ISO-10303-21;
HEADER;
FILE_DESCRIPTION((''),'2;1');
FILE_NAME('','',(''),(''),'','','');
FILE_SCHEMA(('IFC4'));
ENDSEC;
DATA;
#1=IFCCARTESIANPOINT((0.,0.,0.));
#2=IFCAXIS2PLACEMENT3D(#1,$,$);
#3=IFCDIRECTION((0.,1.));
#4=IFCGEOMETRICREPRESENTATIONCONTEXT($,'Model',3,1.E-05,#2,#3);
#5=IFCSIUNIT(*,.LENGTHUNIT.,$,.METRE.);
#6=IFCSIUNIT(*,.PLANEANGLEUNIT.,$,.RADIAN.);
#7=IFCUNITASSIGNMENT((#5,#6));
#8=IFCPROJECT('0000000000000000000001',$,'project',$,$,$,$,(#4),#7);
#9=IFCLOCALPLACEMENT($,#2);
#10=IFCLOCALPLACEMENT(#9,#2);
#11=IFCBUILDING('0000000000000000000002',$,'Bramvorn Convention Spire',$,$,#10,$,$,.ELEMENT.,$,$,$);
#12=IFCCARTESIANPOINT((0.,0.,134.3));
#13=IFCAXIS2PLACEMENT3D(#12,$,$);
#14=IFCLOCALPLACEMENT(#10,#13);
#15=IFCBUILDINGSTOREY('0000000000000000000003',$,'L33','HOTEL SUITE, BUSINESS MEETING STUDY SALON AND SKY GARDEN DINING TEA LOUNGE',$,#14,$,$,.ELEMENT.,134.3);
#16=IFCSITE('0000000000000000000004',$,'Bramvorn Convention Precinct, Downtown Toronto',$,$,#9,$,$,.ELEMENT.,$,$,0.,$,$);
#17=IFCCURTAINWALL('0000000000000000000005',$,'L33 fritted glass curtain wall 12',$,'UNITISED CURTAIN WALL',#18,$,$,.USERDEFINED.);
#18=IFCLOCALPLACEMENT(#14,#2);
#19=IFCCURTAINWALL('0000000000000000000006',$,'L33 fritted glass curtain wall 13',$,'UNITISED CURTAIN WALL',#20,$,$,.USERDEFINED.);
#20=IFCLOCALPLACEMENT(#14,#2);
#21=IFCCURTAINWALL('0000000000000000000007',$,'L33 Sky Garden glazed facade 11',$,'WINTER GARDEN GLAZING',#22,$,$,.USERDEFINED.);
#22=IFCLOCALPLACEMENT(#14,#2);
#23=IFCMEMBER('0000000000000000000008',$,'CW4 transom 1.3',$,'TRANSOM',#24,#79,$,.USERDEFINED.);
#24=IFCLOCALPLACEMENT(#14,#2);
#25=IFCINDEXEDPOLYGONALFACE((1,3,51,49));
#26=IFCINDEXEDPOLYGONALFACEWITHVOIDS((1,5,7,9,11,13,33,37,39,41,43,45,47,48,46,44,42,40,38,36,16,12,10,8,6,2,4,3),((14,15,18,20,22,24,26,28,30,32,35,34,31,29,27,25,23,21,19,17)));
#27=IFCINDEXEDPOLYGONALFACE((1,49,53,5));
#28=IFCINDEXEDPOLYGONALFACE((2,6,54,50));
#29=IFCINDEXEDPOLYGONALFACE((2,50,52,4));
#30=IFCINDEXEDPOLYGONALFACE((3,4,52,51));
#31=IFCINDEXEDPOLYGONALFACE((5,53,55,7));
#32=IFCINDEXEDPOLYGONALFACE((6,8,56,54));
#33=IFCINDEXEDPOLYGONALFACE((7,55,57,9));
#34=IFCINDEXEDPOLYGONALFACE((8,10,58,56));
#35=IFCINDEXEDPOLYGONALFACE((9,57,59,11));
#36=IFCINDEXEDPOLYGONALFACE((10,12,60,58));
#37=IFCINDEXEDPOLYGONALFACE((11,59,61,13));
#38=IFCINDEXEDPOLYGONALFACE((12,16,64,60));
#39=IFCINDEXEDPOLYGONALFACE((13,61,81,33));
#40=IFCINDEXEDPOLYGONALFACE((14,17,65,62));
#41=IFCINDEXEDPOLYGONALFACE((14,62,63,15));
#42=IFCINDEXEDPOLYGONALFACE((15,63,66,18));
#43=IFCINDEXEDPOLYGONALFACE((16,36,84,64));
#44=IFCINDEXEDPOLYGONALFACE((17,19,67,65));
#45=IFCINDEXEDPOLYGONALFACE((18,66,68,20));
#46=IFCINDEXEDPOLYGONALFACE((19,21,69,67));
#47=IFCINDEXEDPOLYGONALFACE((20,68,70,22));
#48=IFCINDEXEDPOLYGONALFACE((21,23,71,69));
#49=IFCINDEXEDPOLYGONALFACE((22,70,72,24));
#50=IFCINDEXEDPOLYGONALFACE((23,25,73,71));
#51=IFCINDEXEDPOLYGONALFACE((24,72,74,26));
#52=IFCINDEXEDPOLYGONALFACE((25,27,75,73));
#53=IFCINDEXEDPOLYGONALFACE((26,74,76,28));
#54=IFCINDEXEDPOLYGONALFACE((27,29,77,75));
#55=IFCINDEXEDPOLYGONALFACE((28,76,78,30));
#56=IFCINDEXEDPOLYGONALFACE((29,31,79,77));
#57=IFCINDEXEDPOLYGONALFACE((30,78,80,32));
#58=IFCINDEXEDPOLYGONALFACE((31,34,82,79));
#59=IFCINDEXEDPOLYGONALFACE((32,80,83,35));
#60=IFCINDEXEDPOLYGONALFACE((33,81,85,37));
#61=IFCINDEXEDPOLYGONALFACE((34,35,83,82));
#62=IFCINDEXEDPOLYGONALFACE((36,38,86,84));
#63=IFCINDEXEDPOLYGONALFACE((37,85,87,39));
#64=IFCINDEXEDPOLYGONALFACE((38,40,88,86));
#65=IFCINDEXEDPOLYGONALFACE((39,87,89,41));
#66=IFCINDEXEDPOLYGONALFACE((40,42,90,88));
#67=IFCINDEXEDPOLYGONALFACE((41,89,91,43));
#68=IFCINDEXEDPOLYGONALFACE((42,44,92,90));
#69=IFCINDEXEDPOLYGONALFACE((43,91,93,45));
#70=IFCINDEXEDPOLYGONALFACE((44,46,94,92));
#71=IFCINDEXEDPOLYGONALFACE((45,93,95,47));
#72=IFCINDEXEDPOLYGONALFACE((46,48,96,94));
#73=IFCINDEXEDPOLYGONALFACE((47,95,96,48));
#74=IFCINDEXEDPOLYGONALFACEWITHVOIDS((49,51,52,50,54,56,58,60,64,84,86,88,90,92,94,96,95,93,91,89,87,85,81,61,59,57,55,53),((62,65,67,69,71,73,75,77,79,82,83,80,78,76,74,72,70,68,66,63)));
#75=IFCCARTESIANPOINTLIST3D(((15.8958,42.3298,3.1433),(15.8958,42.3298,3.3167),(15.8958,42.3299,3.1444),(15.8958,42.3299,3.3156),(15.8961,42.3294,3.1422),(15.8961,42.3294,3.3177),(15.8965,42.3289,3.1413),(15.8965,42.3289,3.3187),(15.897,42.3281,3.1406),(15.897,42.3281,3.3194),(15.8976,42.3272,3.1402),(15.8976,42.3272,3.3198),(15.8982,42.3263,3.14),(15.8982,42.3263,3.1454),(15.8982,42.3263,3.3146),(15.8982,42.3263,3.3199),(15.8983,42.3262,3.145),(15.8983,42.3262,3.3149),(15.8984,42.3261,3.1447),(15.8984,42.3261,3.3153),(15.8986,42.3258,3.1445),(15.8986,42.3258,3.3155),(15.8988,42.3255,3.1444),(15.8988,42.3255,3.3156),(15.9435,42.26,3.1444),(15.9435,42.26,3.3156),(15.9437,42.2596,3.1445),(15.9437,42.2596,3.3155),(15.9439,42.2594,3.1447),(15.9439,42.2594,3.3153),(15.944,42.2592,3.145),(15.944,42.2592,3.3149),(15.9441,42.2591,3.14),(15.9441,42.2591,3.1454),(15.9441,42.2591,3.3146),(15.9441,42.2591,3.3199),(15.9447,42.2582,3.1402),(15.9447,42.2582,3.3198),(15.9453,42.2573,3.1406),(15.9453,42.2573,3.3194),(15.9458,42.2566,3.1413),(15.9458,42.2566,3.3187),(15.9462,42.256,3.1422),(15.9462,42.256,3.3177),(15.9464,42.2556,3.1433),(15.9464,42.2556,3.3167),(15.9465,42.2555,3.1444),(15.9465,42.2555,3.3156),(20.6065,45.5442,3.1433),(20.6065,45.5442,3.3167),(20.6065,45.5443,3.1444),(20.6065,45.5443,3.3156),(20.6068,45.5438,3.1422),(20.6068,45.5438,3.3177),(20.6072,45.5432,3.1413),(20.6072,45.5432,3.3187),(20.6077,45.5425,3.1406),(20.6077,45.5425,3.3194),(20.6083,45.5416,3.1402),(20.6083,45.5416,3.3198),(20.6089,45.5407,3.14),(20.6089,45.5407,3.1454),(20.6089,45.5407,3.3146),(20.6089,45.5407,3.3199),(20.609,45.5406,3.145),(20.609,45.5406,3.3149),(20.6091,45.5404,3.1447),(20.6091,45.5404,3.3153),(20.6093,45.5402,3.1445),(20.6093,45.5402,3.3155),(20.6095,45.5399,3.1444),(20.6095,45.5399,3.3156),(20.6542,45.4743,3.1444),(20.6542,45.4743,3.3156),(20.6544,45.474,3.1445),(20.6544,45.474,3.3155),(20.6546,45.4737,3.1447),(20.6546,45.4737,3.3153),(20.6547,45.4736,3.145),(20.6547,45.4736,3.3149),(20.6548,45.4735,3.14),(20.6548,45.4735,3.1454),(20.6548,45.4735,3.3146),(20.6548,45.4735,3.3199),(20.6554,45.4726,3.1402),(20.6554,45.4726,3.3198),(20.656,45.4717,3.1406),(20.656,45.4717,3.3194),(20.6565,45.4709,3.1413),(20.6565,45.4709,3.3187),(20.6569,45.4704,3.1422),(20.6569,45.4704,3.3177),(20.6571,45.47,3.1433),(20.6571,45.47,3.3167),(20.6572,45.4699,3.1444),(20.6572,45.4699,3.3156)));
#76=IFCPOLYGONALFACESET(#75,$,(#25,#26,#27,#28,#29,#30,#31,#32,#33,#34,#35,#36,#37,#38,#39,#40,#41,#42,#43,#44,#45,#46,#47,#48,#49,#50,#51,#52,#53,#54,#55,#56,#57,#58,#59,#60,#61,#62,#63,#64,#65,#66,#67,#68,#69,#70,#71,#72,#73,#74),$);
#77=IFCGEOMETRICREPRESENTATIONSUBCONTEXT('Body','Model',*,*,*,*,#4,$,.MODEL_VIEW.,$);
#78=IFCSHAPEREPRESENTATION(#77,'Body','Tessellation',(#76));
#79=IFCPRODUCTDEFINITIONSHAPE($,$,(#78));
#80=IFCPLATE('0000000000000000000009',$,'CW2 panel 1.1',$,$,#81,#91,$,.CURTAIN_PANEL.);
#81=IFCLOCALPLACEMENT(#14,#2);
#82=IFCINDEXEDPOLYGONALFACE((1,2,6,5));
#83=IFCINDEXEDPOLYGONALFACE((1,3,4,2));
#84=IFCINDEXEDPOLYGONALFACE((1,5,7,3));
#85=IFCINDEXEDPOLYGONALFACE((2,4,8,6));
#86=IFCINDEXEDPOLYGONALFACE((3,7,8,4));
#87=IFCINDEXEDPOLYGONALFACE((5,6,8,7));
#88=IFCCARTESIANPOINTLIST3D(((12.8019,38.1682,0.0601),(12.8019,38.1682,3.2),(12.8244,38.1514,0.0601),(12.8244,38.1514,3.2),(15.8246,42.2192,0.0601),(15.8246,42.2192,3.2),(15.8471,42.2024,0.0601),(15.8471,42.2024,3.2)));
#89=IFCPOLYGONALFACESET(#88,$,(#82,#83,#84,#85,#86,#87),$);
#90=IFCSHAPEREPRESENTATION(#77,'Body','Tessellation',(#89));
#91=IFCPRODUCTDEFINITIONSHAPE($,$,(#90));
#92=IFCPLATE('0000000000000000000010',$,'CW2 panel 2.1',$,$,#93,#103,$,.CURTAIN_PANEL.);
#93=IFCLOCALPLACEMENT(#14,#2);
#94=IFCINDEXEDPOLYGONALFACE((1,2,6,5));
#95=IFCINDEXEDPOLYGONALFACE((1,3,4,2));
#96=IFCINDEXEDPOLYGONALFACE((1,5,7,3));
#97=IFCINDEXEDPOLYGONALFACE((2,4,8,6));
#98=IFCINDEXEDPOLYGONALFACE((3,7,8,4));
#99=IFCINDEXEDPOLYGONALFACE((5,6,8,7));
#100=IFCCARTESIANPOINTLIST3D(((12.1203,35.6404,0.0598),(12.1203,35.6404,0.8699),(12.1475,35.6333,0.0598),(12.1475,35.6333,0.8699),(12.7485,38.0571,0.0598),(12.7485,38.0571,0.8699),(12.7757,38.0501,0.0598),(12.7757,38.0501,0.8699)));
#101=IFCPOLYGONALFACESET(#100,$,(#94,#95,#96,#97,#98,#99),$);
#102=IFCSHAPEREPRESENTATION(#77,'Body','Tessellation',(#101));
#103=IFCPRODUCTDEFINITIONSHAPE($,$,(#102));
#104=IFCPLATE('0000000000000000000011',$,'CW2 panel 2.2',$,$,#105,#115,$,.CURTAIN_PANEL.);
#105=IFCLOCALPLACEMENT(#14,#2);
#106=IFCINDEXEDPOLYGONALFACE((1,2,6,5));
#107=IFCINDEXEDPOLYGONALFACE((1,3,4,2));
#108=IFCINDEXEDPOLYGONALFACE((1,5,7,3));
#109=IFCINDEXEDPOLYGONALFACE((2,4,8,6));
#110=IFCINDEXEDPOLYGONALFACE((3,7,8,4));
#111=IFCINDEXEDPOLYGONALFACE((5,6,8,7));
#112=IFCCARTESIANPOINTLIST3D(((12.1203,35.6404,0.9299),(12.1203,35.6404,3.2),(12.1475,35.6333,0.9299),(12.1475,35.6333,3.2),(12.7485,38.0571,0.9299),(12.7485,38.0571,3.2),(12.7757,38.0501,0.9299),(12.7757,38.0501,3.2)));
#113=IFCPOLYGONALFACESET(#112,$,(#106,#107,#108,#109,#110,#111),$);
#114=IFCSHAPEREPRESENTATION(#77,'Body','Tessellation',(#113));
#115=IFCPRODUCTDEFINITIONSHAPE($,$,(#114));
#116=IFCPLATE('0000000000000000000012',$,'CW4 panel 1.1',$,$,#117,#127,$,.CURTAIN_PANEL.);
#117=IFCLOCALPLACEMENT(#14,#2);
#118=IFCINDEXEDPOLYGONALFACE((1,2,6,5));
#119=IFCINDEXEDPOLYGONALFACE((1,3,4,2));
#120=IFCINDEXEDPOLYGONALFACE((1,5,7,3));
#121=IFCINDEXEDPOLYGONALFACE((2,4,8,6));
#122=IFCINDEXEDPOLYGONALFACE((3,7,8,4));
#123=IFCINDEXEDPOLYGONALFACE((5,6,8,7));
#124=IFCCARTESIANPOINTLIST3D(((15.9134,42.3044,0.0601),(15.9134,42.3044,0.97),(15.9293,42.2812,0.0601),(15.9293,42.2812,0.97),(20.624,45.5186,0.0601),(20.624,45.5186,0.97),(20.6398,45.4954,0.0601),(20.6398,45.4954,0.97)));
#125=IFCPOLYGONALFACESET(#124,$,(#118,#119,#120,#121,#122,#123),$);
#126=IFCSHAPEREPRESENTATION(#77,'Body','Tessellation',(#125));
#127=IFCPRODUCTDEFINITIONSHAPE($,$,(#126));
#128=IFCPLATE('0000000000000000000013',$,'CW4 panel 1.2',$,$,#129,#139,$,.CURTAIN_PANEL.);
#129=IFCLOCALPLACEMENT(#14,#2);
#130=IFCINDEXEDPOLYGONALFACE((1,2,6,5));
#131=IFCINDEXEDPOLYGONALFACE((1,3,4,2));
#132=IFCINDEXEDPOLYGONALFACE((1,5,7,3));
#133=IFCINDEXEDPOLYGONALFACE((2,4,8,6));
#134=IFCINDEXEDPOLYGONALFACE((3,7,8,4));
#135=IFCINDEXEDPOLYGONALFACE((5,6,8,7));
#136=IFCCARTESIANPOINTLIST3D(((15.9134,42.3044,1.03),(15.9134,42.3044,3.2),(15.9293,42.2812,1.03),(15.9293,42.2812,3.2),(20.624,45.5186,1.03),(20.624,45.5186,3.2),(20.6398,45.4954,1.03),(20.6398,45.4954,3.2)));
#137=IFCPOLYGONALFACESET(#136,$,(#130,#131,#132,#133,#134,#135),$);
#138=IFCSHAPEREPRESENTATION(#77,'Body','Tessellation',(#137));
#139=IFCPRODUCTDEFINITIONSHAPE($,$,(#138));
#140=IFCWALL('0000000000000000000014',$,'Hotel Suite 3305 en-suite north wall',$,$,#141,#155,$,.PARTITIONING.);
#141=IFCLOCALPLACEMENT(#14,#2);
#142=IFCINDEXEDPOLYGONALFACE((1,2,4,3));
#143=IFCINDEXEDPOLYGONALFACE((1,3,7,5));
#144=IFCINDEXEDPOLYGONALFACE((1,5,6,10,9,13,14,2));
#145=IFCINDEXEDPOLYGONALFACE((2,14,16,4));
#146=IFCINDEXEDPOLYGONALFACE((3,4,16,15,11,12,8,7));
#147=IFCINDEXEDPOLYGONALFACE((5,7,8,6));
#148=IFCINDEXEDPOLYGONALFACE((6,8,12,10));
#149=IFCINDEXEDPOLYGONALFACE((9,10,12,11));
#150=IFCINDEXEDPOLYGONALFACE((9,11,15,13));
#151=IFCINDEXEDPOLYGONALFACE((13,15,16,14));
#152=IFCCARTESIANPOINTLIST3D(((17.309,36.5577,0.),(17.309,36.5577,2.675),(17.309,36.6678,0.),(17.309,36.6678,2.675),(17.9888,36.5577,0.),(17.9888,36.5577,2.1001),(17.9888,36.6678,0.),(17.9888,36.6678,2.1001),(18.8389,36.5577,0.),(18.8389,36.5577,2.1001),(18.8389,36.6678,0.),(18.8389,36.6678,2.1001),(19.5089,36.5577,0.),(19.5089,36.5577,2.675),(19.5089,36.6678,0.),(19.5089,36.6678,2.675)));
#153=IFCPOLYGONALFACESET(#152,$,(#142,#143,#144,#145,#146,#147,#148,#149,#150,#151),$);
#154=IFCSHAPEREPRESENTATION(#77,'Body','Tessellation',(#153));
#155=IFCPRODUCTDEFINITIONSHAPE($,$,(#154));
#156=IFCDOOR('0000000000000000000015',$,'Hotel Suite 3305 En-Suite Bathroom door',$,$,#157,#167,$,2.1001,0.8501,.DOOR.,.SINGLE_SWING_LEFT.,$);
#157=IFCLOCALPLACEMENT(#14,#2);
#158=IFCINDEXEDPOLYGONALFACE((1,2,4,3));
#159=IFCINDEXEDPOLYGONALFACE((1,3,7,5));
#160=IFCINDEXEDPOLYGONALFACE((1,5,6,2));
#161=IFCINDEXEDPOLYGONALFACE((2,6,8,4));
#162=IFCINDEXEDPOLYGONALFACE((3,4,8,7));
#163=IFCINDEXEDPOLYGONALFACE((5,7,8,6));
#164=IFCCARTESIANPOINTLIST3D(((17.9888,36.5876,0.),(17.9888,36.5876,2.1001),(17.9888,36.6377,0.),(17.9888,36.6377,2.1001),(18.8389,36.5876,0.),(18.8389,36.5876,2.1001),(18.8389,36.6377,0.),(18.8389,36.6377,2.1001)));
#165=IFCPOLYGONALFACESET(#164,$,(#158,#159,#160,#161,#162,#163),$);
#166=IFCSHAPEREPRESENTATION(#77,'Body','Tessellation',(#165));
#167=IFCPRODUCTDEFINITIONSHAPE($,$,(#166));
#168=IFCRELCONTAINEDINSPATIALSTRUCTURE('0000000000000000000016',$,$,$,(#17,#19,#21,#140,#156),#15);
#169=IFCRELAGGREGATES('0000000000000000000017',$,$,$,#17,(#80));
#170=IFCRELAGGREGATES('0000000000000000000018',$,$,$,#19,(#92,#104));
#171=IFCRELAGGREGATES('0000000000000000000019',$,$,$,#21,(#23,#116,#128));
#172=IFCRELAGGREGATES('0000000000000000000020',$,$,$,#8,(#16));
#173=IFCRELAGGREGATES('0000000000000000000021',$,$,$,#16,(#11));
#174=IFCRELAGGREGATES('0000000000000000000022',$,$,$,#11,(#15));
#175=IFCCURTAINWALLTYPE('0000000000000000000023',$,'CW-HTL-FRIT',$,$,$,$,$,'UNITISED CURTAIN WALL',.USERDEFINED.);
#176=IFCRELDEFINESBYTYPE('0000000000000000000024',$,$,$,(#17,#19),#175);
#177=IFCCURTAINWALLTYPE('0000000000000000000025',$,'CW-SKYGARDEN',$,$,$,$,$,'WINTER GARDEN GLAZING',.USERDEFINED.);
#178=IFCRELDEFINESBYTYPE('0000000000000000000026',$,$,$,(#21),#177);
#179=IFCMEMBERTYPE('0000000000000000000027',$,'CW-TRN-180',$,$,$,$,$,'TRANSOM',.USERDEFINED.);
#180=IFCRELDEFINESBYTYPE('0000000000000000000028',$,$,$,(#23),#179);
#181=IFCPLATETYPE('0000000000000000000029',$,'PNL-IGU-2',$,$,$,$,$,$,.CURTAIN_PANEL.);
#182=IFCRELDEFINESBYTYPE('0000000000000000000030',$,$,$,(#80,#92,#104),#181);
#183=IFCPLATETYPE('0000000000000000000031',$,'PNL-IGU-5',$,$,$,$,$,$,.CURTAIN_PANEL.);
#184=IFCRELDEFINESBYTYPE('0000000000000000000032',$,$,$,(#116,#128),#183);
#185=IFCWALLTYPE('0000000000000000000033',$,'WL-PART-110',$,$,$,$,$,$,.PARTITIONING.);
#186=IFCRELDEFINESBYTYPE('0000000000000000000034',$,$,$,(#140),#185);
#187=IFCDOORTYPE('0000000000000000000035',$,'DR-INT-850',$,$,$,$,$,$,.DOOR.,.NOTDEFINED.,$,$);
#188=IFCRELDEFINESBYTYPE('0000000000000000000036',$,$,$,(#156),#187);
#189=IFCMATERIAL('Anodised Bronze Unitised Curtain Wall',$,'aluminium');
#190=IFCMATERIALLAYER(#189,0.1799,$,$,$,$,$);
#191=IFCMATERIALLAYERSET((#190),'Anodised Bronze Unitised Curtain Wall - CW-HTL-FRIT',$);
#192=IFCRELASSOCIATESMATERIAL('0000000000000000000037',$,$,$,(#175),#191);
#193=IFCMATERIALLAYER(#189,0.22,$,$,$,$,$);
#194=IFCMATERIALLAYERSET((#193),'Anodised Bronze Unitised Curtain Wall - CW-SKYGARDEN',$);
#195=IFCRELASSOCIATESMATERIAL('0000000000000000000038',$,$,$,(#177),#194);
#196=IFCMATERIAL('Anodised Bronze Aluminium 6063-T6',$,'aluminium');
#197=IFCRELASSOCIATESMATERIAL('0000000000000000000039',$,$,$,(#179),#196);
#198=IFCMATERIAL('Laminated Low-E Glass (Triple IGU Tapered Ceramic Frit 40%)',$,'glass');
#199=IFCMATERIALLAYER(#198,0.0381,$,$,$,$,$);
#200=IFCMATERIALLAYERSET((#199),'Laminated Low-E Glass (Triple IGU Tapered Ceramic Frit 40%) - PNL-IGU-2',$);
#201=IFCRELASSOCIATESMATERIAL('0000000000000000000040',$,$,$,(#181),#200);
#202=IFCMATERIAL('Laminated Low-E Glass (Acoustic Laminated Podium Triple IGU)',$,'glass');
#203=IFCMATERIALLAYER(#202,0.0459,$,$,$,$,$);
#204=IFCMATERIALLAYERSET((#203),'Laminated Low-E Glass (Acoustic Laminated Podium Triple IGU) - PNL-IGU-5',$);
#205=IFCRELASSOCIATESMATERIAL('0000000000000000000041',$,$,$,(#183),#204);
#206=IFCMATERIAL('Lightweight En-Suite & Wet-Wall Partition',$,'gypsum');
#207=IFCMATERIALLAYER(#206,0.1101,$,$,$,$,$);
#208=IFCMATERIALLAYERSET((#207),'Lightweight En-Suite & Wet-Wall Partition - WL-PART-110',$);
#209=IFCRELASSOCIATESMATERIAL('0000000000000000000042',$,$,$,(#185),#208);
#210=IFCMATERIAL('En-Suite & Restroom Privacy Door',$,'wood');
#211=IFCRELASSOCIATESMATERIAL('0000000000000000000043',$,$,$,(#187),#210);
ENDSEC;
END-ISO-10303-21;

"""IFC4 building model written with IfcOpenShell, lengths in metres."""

from ifc_helpers import new_model, si_unit, direction, frame, frame_2d, origin, origin_2d, place, context, subcontext, project, spatial, rectangle, hollow_rectangle, extrude, material, layer, layer_set, material_profile, profile_set, type_object, element, fill, aggregate, save


model = new_model("IFC4")

# Units and contexts
model_context = context("Model", 3, precision=1e-05, world=origin(), true_north=direction((0.0, 1.0)))
body_context = subcontext(model_context, "Body", "Model", "MODEL_VIEW")
ifc_project = project(units=[si_unit("LENGTHUNIT", "METRE"), si_unit("PLANEANGLEUNIT", "RADIAN")], contexts=[model_context])

# Site, building, storey
site_placement = place(None, origin())
site = spatial("IfcSite", under=ifc_project, at=site_placement, Name="Bramvorn Convention Precinct, Downtown Toronto", CompositionType="ELEMENT", RefElevation=0.0)
building_placement = place(site_placement, origin())
building = spatial("IfcBuilding", under=site, at=building_placement, Name="Bramvorn Convention Spire", CompositionType="ELEMENT")
storey_placement = place(building_placement, frame((0.0, 0.0, 134.3)))
storey = spatial("IfcBuildingStorey", under=building, at=storey_placement, Name="L33", Description="HOTEL SUITE, BUSINESS MEETING STUDY SALON AND SKY GARDEN DINING TEA LOUNGE", CompositionType="ELEMENT", Elevation=134.3)

# Curtain wall
ifc_material_1 = material(Name="Anodised Bronze Unitised Curtain Wall", Category="aluminium")
ifc_layer_1 = layer(ifc_material_1, 0.1799)
ifc_layer_set_1 = layer_set([ifc_layer_1], Name="Anodised Bronze Unitised Curtain Wall - CW-HTL-FRIT")
curtain_wall_type_1 = type_object("IfcCurtainWallType", Name="CW-HTL-FRIT", ElementType="UNITISED CURTAIN WALL", PredefinedType="USERDEFINED", material=ifc_layer_set_1)
curtain_wall_1_placement = place(storey_placement, origin())
curtain_wall_1 = element("IfcCurtainWall", 1, at=curtain_wall_1_placement, inside=storey, type_object=curtain_wall_type_1, Name="L33 fritted glass curtain wall 12", ObjectType="UNITISED CURTAIN WALL", PredefinedType="USERDEFINED")
ifc_material_2 = material(Name="Anodised Bronze Aluminium 6063-T6", Category="aluminium")

# Curtain walls
curtain_wall_2_placement = place(storey_placement, origin())
curtain_wall_2 = element("IfcCurtainWall", 2, at=curtain_wall_2_placement, inside=storey, type_object=curtain_wall_type_1, Name="L33 fritted glass curtain wall 13", ObjectType="UNITISED CURTAIN WALL", PredefinedType="USERDEFINED")
ifc_layer_2 = layer(ifc_material_1, 0.22)
ifc_layer_set_2 = layer_set([ifc_layer_2], Name="Anodised Bronze Unitised Curtain Wall - CW-SKYGARDEN")
curtain_wall_type_2 = type_object("IfcCurtainWallType", Name="CW-SKYGARDEN", ElementType="WINTER GARDEN GLAZING", PredefinedType="USERDEFINED", material=ifc_layer_set_2)
curtain_wall_3_placement = place(storey_placement, origin())
curtain_wall_3 = element("IfcCurtainWall", 3, at=curtain_wall_3_placement, inside=storey, type_object=curtain_wall_type_2, Name="L33 Sky Garden glazed facade 11", ObjectType="WINTER GARDEN GLAZING", PredefinedType="USERDEFINED")

# Member
ifc_material_profile_1 = material_profile(ifc_material_2, hollow_rectangle(XDim=0.0901, YDim=0.1799, WallThickness=0.0044, InnerFilletRadius=0.001, OuterFilletRadius=0.0044, at=origin_2d()))
ifc_profile_set_1 = profile_set([ifc_material_profile_1], Name="Anodised Bronze Aluminium 6063-T6 - CWT90X180")
member_type_1 = type_object("IfcMemberType", Name="CW-TRN-180", ElementType="TRANSOM", PredefinedType="USERDEFINED", material=ifc_profile_set_1)
member_1_placement = place(storey_placement, frame((15.9211, 42.2927, 3.23), z_axis=(0.826022, 0.563638, 0.0), x_axis=(-0.563638, 0.826022, 0.0)))
member_1 = element("IfcMember", 4, at=member_1_placement, type_object=member_type_1, Name="CW4 transom 1.3", ObjectType="TRANSOM", PredefinedType="USERDEFINED", context=body_context, shape_type="SweptSolid", body=[
    extrude(hollow_rectangle(XDim=0.0901, YDim=0.1799, WallThickness=0.0044, InnerFilletRadius=0.001, OuterFilletRadius=0.0044, at=origin_2d()), origin(), (0.0, 0.0, 1.0), 5.7029),
])

# Plates
ifc_material_3 = material(Name="Laminated Low-E Glass (Triple IGU Tapered Ceramic Frit 40%)", Category="glass")
ifc_layer_3 = layer(ifc_material_3, 0.0381)
ifc_layer_set_3 = layer_set([ifc_layer_3], Name="Laminated Low-E Glass (Triple IGU Tapered Ceramic Frit 40%) - PNL-IGU-2")
plate_type_1 = type_object("IfcPlateType", Name="PNL-IGU-2", PredefinedType="CURTAIN_PANEL", material=ifc_layer_set_3)
plate_1_placement = place(storey_placement, frame((14.3245, 40.1853, 0.0601), z_axis=(0.0, 0.0, 1.0), x_axis=(0.598028, 0.801475, 0.0)))
plate_1 = element("IfcPlate", 5, at=plate_1_placement, type_object=plate_type_1, Name="CW2 panel 1.1", PredefinedType="CURTAIN_PANEL", context=body_context, shape_type="SweptSolid", body=[
    extrude(rectangle(XDim=5.0544, YDim=0.0281, at=origin_2d()), origin(), (0.0, 0.0, 1.0), 3.1399),
])
aggregate(curtain_wall_1, [plate_1])
plate_2_placement = place(storey_placement, frame((12.448, 36.8452, 0.0598), z_axis=(0.0, 0.0, 1.0), x_axis=(0.251588, 0.967834, 0.0)))
plate_2 = element("IfcPlate", 6, at=plate_2_placement, type_object=plate_type_1, Name="CW2 panel 2.1", PredefinedType="CURTAIN_PANEL", context=body_context, shape_type="SweptSolid", body=[
    extrude(rectangle(XDim=2.4971, YDim=0.0281, at=origin_2d()), origin(), (0.0, 0.0, 1.0), 0.8101),
])
plate_3_placement = place(storey_placement, frame((12.448, 36.8452, 0.9299), z_axis=(0.0, 0.0, 1.0), x_axis=(0.251588, 0.967834, 0.0)))
plate_3 = element("IfcPlate", 7, at=plate_3_placement, type_object=plate_type_1, Name="CW2 panel 2.2", PredefinedType="CURTAIN_PANEL", context=body_context, shape_type="SweptSolid", body=[
    extrude(rectangle(XDim=2.4971, YDim=0.0281, at=origin_2d()), origin(), (0.0, 0.0, 1.0), 2.27),
])
aggregate(curtain_wall_2, [plate_2, plate_3])
ifc_material_4 = material(Name="Laminated Low-E Glass (Acoustic Laminated Podium Triple IGU)", Category="glass")
ifc_layer_4 = layer(ifc_material_4, 0.0459)
ifc_layer_set_4 = layer_set([ifc_layer_4], Name="Laminated Low-E Glass (Acoustic Laminated Podium Triple IGU) - PNL-IGU-5")
plate_type_2 = type_object("IfcPlateType", Name="PNL-IGU-5", PredefinedType="CURTAIN_PANEL", material=ifc_layer_set_4)
plate_4_placement = place(storey_placement, frame((18.2766, 43.8999, 0.0601), z_axis=(0.0, 0.0, 1.0), x_axis=(0.826023, 0.563637, 0.0)))
plate_4 = element("IfcPlate", 8, at=plate_4_placement, type_object=plate_type_2, Name="CW4 panel 1.1", PredefinedType="CURTAIN_PANEL", context=body_context, shape_type="SweptSolid", body=[
    extrude(rectangle(XDim=5.7026, YDim=0.0281, at=origin_2d()), origin(), (0.0, 0.0, 1.0), 0.9099),
])
plate_5_placement = place(storey_placement, frame((18.2766, 43.8999, 1.03), z_axis=(0.0, 0.0, 1.0), x_axis=(0.826023, 0.563637, 0.0)))
plate_5 = element("IfcPlate", 9, at=plate_5_placement, type_object=plate_type_2, Name="CW4 panel 1.2", PredefinedType="CURTAIN_PANEL", context=body_context, shape_type="SweptSolid", body=[
    extrude(rectangle(XDim=5.7026, YDim=0.0281, at=origin_2d()), origin(), (0.0, 0.0, 1.0), 2.1699),
])
aggregate(curtain_wall_3, [member_1, plate_4, plate_5])

# Wall, opening, door
ifc_material_5 = material(Name="Lightweight En-Suite & Wet-Wall Partition", Category="gypsum")
ifc_layer_5 = layer(ifc_material_5, 0.1101)
ifc_layer_set_5 = layer_set([ifc_layer_5], Name="Lightweight En-Suite & Wet-Wall Partition - WL-PART-110")
wall_type = type_object("IfcWallType", Name="WL-PART-110", PredefinedType="PARTITIONING", material=ifc_layer_set_5)
wall_placement = place(storey_placement, frame((17.3088, 36.6128, 0.0), z_axis=(0.0, 0.0, 1.0), x_axis=(1.0, 0.0, 0.0)))
wall = element("IfcWall", 10, at=wall_placement, inside=storey, type_object=wall_type, Name="Hotel Suite 3305 en-suite north wall", PredefinedType="PARTITIONING", context=body_context, shape_type="SweptSolid", body=[
    extrude(rectangle(XDim=2.2, YDim=0.1101, at=frame_2d((1.1001, 0.0))), origin(), (0.0, 0.0, 1.0), 2.675),
])
opening_placement = place(wall_placement, frame((0.6799, 0.0, 0.0)))
opening = element("IfcOpeningElement", 11, at=opening_placement, cuts=wall, PredefinedType="OPENING", context=body_context, shape_type="SweptSolid", body=[
    extrude(rectangle(XDim=0.8501, YDim=2.1001, at=frame_2d((0.425, 1.05))), frame((0.0, 0.0649, 0.0), z_axis=(0.0, -1.0, 0.0), x_axis=(1.0, 0.0, 0.0)), (0.0, 0.0, 1.0), 0.1301),
])
ifc_material_6 = material(Name="En-Suite & Restroom Privacy Door", Category="wood")
door_type = type_object("IfcDoorType", Name="DR-INT-850", OperationType="NOTDEFINED", PredefinedType="DOOR", material=ifc_material_6)
door_placement = place(opening_placement, origin())
door = element("IfcDoor", 12, at=door_placement, inside=storey, type_object=door_type, Name="Hotel Suite 3305 En-Suite Bathroom door", OperationType="SINGLE_SWING_LEFT", OverallHeight=2.1001, OverallWidth=0.8501, PredefinedType="DOOR", context=body_context, shape_type="SweptSolid", body=[
    extrude(rectangle(XDim=0.8501, YDim=2.1001, at=frame_2d((0.425, 1.05))), frame((0.0, 0.0249, 0.0), z_axis=(0.0, -1.0, 0.0), x_axis=(1.0, 0.0, 0.0)), (0.0, 0.0, 1.0), 0.05),
])
fill(opening, door)

save(model, "model.ifc")
